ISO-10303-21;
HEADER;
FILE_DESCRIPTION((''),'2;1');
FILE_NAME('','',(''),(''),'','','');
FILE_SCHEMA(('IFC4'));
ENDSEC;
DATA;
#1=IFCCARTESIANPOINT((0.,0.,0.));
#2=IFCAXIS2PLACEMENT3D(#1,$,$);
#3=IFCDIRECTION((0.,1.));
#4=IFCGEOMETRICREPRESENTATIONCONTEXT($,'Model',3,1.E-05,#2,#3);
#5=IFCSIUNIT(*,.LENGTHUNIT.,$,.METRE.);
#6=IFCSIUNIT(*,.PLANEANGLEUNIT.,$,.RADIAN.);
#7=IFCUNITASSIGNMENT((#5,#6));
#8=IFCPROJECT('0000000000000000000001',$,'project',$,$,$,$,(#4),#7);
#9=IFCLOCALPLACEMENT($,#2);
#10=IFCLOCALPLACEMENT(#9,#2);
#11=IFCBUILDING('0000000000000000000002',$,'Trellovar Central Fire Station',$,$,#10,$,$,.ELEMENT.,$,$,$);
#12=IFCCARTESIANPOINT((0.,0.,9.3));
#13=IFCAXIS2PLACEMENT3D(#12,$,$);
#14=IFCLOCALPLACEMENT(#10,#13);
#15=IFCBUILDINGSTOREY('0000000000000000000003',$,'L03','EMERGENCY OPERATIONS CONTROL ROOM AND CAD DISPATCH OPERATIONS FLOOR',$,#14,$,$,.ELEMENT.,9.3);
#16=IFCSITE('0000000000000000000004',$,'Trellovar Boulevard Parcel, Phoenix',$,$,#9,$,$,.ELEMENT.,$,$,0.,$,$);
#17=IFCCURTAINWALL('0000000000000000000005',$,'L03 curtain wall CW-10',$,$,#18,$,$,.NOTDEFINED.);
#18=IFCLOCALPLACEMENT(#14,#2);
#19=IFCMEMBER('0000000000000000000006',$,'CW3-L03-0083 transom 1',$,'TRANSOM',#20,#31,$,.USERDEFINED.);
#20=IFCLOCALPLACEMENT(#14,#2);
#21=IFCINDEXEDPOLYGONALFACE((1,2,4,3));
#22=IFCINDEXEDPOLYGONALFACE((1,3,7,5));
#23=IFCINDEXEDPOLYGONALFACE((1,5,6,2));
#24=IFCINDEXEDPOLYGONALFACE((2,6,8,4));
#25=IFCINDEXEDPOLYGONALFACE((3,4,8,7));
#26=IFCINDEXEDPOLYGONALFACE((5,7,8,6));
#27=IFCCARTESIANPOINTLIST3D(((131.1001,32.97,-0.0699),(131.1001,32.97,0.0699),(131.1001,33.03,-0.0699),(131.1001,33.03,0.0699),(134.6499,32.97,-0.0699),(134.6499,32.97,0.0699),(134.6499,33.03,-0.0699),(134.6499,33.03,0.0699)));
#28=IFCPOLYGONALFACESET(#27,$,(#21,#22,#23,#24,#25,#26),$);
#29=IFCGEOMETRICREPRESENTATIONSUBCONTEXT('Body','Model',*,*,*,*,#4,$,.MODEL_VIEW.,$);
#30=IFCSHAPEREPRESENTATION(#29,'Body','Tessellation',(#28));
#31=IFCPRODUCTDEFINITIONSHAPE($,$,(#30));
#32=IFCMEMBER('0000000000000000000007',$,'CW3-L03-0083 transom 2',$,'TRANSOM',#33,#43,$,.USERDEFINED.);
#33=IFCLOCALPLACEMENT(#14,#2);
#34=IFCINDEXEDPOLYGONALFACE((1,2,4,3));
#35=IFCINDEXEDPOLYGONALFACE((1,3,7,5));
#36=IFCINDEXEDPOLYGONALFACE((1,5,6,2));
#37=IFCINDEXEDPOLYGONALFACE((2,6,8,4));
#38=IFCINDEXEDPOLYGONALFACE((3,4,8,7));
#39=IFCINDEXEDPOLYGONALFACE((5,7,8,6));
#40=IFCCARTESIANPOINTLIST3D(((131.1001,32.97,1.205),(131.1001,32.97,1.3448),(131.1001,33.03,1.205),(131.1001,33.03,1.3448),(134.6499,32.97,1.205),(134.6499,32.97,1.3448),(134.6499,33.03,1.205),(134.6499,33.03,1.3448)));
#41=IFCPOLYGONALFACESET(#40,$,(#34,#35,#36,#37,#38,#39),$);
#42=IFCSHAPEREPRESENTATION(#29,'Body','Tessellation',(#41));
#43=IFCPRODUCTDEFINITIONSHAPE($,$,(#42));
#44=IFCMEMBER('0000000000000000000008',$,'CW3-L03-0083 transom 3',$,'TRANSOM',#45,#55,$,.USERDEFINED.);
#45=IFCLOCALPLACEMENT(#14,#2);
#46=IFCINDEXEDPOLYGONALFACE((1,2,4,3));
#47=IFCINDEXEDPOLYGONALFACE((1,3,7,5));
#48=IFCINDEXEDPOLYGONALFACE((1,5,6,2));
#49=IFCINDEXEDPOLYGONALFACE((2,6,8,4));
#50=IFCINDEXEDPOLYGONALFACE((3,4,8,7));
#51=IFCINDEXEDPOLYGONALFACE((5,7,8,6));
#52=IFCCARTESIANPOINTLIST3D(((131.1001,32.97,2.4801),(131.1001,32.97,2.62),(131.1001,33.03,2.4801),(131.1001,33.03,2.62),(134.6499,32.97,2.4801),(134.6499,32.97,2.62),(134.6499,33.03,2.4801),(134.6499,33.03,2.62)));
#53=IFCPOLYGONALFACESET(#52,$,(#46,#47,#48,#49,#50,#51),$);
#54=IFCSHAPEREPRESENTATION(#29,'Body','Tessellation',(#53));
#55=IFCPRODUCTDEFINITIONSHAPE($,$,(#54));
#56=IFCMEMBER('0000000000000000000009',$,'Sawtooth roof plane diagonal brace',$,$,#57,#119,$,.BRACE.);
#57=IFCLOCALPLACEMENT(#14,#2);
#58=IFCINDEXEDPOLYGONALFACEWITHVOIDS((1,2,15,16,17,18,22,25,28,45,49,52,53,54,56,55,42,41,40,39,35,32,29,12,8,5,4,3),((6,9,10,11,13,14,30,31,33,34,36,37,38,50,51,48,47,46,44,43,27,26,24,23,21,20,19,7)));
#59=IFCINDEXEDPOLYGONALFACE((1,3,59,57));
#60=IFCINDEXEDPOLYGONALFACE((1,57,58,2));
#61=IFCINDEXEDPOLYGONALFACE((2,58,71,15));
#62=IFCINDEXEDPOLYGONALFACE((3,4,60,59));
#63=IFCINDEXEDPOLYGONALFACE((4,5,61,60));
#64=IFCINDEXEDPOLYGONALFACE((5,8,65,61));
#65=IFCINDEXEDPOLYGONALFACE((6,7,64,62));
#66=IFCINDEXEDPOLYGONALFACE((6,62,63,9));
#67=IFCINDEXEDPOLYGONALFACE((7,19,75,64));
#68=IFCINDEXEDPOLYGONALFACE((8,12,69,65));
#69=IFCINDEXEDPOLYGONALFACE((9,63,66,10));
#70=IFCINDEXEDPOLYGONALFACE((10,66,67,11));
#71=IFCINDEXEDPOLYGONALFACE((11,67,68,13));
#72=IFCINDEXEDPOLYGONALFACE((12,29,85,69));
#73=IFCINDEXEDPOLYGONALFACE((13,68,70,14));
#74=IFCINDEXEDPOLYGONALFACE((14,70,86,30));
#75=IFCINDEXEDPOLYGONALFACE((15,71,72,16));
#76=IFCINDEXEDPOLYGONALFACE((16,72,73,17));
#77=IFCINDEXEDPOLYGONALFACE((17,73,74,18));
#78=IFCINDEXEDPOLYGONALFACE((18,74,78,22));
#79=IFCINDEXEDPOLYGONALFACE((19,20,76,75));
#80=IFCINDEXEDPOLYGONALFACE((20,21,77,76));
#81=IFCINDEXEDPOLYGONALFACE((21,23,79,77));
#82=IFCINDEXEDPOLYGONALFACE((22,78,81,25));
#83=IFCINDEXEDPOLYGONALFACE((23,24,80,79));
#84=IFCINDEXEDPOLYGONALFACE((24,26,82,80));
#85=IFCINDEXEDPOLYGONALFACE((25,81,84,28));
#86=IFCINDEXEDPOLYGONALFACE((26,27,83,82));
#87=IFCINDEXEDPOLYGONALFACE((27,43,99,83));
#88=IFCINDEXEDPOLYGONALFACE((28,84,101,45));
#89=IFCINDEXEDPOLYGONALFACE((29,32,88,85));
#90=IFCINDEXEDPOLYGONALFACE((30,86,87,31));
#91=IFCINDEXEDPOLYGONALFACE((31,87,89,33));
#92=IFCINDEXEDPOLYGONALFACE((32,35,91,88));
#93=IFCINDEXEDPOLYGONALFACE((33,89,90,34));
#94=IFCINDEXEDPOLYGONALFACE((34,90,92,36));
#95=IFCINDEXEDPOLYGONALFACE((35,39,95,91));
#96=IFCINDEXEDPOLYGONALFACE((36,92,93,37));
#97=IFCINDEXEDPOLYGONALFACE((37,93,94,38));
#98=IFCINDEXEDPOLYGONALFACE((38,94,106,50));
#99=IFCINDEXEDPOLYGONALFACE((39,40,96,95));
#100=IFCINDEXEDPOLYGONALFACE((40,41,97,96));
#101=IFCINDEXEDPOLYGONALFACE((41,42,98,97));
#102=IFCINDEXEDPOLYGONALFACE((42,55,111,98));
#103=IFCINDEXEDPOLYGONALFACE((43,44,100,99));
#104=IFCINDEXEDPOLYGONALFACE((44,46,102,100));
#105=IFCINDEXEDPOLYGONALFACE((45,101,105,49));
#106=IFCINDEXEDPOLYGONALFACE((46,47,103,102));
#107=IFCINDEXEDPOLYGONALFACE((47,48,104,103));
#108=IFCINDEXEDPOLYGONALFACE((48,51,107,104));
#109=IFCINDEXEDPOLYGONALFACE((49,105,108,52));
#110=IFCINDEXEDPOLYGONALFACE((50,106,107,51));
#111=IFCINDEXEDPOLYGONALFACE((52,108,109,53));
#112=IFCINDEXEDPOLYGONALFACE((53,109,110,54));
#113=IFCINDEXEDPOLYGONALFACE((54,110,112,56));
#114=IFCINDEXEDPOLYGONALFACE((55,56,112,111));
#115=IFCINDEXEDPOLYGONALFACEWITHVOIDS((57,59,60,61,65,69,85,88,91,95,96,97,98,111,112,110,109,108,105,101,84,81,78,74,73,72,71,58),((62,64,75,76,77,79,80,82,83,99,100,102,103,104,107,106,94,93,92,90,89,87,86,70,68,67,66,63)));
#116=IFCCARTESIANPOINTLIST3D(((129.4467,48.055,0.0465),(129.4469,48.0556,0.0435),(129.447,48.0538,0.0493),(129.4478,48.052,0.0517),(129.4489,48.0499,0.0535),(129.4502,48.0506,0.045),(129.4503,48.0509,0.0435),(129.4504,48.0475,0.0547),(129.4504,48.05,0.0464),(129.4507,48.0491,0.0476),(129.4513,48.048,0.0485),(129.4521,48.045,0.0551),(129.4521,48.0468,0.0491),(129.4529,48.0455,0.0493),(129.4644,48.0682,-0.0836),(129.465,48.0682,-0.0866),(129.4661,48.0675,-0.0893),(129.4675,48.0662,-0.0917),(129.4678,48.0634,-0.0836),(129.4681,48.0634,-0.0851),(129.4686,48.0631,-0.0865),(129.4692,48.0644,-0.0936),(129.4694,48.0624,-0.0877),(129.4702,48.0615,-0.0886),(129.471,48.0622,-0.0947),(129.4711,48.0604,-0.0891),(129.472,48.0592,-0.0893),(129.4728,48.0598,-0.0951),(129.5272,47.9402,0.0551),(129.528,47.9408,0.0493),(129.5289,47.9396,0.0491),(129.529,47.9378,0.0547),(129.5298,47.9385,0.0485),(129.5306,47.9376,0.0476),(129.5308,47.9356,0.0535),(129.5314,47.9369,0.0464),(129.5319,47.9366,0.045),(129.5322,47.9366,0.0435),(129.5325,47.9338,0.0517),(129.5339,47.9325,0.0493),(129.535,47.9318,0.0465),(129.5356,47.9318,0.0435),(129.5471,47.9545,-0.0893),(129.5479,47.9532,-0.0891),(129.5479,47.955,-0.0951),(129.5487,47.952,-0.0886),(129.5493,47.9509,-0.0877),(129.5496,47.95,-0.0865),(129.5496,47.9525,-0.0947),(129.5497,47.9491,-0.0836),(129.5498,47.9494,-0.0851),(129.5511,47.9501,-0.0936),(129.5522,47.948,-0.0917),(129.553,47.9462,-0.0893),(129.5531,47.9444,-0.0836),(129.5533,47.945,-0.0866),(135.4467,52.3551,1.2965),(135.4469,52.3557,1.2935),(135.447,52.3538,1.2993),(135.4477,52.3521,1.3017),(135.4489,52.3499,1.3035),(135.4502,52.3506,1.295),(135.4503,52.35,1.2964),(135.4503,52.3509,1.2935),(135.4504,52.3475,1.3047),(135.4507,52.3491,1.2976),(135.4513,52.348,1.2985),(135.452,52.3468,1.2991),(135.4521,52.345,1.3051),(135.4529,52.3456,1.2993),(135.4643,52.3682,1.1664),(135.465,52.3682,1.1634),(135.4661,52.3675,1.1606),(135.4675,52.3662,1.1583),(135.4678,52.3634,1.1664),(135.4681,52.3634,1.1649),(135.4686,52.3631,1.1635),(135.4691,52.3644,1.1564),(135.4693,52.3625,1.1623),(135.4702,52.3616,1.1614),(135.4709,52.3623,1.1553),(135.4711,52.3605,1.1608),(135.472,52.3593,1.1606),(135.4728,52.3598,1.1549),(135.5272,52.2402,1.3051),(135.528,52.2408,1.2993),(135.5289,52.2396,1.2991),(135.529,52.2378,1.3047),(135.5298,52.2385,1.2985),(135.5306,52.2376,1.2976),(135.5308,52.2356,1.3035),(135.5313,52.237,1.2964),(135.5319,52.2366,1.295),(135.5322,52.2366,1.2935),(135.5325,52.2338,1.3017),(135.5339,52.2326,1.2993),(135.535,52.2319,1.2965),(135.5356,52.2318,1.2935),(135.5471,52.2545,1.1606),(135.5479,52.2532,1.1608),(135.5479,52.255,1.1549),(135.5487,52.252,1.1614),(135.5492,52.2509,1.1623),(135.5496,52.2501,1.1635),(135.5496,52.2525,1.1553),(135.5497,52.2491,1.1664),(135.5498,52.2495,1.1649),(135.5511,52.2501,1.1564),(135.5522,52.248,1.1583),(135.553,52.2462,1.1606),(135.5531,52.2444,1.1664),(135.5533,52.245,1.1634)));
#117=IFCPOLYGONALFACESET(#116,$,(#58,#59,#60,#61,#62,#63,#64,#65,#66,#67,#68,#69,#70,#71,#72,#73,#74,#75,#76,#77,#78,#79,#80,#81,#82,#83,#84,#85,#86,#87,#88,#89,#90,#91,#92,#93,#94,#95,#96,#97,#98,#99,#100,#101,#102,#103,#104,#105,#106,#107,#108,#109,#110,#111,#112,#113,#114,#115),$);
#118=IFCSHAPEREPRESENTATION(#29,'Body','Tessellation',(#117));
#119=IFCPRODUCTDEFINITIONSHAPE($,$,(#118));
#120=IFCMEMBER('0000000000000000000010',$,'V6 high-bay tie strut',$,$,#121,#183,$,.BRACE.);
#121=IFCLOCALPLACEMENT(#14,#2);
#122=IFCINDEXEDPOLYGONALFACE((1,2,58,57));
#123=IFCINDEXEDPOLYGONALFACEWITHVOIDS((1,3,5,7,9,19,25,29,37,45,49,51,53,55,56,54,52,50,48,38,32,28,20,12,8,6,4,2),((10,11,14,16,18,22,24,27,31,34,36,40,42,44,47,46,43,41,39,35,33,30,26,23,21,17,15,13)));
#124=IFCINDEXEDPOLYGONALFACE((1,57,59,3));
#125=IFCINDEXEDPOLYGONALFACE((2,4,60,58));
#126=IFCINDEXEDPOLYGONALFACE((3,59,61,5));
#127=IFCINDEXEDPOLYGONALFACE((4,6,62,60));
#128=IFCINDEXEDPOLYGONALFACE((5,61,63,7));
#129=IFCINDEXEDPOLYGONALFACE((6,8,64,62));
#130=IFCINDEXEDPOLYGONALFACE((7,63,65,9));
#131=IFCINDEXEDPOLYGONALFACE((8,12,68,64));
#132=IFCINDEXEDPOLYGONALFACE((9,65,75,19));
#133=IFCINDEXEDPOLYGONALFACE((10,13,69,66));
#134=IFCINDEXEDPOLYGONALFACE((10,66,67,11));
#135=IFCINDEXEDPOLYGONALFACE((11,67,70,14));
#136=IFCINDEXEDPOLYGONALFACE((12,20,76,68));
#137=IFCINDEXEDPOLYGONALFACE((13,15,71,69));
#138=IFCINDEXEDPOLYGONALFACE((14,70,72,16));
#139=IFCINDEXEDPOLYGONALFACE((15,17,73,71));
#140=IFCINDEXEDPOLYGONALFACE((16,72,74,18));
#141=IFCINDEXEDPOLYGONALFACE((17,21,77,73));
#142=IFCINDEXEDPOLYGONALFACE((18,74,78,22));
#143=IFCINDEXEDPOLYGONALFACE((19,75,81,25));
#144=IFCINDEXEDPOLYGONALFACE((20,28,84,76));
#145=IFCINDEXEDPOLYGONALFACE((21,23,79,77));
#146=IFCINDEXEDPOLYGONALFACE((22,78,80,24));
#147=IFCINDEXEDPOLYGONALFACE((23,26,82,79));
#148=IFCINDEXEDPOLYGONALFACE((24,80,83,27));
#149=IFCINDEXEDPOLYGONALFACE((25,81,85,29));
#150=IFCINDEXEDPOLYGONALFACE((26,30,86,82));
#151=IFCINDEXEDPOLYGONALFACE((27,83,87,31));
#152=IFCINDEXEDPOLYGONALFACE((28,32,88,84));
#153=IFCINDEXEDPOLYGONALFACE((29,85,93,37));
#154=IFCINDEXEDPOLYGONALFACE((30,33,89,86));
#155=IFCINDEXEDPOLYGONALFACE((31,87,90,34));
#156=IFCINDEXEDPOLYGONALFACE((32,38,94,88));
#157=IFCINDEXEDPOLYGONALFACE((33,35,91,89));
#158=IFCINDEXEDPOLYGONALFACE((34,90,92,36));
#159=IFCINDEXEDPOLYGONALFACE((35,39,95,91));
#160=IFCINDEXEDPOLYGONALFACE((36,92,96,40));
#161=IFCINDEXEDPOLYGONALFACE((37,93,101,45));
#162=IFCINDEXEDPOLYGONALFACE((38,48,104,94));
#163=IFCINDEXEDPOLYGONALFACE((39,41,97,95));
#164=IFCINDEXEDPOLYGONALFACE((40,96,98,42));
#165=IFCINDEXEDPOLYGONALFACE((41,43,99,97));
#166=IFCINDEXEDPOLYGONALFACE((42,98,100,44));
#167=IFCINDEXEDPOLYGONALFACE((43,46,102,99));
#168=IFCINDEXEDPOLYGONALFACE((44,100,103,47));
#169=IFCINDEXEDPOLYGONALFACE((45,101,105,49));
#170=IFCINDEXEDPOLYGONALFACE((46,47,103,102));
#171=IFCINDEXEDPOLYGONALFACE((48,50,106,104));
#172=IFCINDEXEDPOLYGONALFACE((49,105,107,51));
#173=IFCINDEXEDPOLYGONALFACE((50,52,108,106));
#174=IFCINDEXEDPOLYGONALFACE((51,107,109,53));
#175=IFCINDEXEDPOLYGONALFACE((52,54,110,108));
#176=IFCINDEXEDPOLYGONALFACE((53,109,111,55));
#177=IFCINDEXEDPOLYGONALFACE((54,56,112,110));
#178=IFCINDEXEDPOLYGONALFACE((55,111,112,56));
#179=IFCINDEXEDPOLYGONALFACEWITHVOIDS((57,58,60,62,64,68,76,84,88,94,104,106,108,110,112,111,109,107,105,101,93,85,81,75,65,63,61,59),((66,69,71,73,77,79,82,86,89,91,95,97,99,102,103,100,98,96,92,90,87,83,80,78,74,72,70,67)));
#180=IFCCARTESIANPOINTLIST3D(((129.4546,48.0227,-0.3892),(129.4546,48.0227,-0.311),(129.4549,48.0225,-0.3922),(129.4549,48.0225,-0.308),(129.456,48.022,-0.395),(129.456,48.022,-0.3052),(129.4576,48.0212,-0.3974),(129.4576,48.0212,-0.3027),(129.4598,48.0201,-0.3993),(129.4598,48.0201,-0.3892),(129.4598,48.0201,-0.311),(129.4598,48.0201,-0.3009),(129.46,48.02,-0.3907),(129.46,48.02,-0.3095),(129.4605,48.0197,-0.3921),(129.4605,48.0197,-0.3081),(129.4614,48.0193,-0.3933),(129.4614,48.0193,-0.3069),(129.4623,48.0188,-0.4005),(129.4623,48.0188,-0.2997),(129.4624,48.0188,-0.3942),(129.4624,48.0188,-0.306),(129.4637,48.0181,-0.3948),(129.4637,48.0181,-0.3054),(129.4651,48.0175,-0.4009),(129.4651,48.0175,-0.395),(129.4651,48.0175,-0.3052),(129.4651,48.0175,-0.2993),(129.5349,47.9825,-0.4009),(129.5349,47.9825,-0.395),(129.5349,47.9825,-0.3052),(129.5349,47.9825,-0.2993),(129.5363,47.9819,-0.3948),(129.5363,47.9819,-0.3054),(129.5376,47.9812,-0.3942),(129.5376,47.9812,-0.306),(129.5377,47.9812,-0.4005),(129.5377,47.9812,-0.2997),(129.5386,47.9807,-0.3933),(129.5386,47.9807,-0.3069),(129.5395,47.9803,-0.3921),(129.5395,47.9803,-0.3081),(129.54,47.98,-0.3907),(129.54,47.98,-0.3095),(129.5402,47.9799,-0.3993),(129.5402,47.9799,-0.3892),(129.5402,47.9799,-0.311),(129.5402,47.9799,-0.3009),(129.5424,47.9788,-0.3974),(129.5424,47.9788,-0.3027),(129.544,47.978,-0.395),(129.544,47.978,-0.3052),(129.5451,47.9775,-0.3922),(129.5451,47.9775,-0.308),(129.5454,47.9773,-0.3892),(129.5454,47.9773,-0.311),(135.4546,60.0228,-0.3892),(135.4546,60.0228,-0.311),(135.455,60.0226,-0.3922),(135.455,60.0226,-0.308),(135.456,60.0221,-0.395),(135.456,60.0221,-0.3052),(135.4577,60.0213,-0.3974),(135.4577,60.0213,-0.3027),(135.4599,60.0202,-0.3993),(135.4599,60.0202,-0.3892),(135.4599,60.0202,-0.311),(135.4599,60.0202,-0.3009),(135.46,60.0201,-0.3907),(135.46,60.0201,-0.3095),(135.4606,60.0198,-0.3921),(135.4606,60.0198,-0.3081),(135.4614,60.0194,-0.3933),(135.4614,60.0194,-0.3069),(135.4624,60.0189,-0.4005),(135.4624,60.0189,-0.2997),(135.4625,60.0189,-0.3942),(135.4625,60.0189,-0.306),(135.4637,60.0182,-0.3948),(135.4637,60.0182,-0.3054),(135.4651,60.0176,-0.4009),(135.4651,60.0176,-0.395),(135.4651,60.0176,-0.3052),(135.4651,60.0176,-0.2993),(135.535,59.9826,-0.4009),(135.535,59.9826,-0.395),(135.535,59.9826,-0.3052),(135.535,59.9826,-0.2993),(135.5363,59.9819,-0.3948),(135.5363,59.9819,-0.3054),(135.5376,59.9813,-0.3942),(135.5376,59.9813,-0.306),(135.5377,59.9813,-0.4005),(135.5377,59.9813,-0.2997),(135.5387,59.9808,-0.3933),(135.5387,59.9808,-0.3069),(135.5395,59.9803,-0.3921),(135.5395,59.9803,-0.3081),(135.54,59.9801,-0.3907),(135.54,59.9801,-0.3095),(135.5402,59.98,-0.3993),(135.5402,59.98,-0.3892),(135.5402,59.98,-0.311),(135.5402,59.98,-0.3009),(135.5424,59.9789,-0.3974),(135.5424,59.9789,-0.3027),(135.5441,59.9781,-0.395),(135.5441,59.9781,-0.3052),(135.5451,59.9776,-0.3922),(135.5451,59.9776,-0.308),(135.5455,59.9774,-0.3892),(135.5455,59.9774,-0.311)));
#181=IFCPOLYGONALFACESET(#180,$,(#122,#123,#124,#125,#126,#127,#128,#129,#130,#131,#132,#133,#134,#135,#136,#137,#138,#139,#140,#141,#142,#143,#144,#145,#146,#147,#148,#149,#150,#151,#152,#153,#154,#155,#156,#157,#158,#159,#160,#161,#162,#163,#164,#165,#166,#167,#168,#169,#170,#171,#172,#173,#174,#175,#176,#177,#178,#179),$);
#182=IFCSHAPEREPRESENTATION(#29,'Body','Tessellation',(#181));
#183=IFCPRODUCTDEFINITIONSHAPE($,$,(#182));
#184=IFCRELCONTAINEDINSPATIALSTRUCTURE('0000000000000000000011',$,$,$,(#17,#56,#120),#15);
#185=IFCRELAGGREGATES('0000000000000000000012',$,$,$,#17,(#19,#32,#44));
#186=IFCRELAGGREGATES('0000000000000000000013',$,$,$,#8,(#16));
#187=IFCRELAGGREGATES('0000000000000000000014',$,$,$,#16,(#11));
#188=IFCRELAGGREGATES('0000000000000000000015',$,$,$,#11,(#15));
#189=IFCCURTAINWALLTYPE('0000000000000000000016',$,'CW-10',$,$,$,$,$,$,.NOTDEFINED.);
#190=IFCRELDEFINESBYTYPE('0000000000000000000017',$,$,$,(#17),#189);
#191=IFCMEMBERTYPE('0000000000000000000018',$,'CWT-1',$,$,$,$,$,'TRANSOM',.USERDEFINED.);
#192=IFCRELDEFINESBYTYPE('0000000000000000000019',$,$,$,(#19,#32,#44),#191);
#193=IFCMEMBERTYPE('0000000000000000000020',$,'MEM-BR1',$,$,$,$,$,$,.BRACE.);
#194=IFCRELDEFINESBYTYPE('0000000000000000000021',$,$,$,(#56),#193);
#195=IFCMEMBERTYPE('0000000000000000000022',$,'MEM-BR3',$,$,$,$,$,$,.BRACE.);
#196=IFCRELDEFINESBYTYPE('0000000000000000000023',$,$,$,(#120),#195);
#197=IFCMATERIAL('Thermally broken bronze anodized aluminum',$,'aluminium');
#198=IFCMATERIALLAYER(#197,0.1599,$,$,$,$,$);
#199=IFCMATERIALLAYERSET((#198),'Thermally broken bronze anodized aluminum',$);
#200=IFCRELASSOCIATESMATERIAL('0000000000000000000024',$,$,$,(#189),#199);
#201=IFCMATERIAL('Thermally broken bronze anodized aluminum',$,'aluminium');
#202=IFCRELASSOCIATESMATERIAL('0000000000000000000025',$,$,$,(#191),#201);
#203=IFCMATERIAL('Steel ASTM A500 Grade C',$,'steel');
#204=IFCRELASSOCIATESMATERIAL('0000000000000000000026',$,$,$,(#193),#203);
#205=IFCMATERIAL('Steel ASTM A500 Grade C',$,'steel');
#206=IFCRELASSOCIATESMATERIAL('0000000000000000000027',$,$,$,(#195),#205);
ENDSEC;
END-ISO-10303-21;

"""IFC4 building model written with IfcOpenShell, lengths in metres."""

from ifc_helpers import new_model, si_unit, direction, frame, origin, origin_2d, place, context, subcontext, project, spatial, rectangle, hollow_rectangle, extrude, material, layer, layer_set, material_profile, profile_set, type_object, element, aggregate, save


model = new_model("IFC4")

# Units and contexts
model_context = context("Model", 3, precision=1e-05, world=origin(), true_north=direction((0.0, 1.0)))
body_context = subcontext(model_context, "Body", "Model", "MODEL_VIEW")
ifc_project = project(units=[si_unit("LENGTHUNIT", "METRE"), si_unit("PLANEANGLEUNIT", "RADIAN")], contexts=[model_context])

# Site, building, storey
site_placement = place(None, origin())
site = spatial("IfcSite", under=ifc_project, at=site_placement, Name="Trellovar Boulevard Parcel, Phoenix", CompositionType="ELEMENT", RefElevation=0.0)
building_placement = place(site_placement, origin())
building = spatial("IfcBuilding", under=site, at=building_placement, Name="Trellovar Central Fire Station", CompositionType="ELEMENT")
storey_placement = place(building_placement, frame((0.0, 0.0, 9.3)))
storey = spatial("IfcBuildingStorey", under=building, at=storey_placement, Name="L03", Description="EMERGENCY OPERATIONS CONTROL ROOM AND CAD DISPATCH OPERATIONS FLOOR", CompositionType="ELEMENT", Elevation=9.3)

# Curtain wall, members
ifc_material_1 = material(Name="Thermally broken bronze anodized aluminum", Category="aluminium")
ifc_layer_1 = layer(ifc_material_1, 0.1599)
ifc_layer_set_1 = layer_set([ifc_layer_1], Name="Thermally broken bronze anodized aluminum")
curtain_wall_type_1 = type_object("IfcCurtainWallType", Name="CW-10", PredefinedType="NOTDEFINED", material=ifc_layer_set_1)
curtain_wall_1_placement = place(storey_placement, origin())
curtain_wall_1 = element("IfcCurtainWall", 1, at=curtain_wall_1_placement, inside=storey, type_object=curtain_wall_type_1, Name="L03 curtain wall CW-10", PredefinedType="NOTDEFINED")
ifc_material_2 = material(Name="Thermally broken bronze anodized aluminum", Category="aluminium")
ifc_material_profile_1 = material_profile(ifc_material_2, rectangle(XDim=0.0601, YDim=0.1399, at=origin_2d()), Name="ALU60X140")
ifc_profile_set_1 = profile_set([ifc_material_profile_1], Name="Thermally broken bronze anodized aluminum")
member_type_1 = type_object("IfcMemberType", Name="CWT-1", ElementType="TRANSOM", PredefinedType="USERDEFINED", material=ifc_profile_set_1)
member_1_placement = place(storey_placement, frame((134.6499, 33.0, 0.0), z_axis=(-1.0, 0.0, 0.0), x_axis=(0.0, -1.0, 0.0)))
member_1 = element("IfcMember", 2, at=member_1_placement, type_object=member_type_1, Name="CW3-L03-0083 transom 1", ObjectType="TRANSOM", PredefinedType="USERDEFINED", context=body_context, shape_type="SweptSolid", body=[
    extrude(rectangle(XDim=0.0601, YDim=0.1399, at=origin_2d()), origin(), (0.0, 0.0, 1.0), 3.5498),
])
member_2_placement = place(storey_placement, frame((134.6499, 33.0, 1.2749), z_axis=(-1.0, 0.0, 0.0), x_axis=(0.0, -1.0, 0.0)))
member_2 = element("IfcMember", 3, at=member_2_placement, type_object=member_type_1, Name="CW3-L03-0083 transom 2", ObjectType="TRANSOM", PredefinedType="USERDEFINED", context=body_context, shape_type="SweptSolid", body=[
    extrude(rectangle(XDim=0.0601, YDim=0.1399, at=origin_2d()), origin(), (0.0, 0.0, 1.0), 3.5498),
])
member_3_placement = place(storey_placement, frame((134.6499, 33.0, 2.55), z_axis=(-1.0, 0.0, 0.0), x_axis=(0.0, -1.0, 0.0)))
member_3 = element("IfcMember", 4, at=member_3_placement, type_object=member_type_1, Name="CW3-L03-0083 transom 3", ObjectType="TRANSOM", PredefinedType="USERDEFINED", context=body_context, shape_type="SweptSolid", body=[
    extrude(rectangle(XDim=0.0601, YDim=0.1399, at=origin_2d()), origin(), (0.0, 0.0, 1.0), 3.5498),
])

# Members
ifc_material_3 = material(Name="Steel ASTM A500 Grade C", Category="steel")
ifc_material_profile_2 = material_profile(ifc_material_3, hollow_rectangle(XDim=0.1523, YDim=0.1523, WallThickness=0.0059, InnerFilletRadius=0.0059, OuterFilletRadius=0.0117, at=origin_2d()), Name="HSS6X6X1/4")
ifc_profile_set_2 = profile_set([ifc_material_profile_2], Name="Steel ASTM A500 Grade C")
member_type_2 = type_object("IfcMemberType", Name="MEM-BR1", PredefinedType="BRACE", material=ifc_profile_set_2)
member_4_placement = place(storey_placement, frame((129.5, 48.0, -0.02), z_axis=(0.801405, 0.574347, 0.166959), x_axis=(-0.582523, 0.812814, 0.0)))
element("IfcMember", 5, at=member_4_placement, inside=storey, type_object=member_type_2, Name="Sawtooth roof plane diagonal brace", PredefinedType="BRACE", context=body_context, shape_type="SweptSolid", body=[
    extrude(hollow_rectangle(XDim=0.1523, YDim=0.1523, WallThickness=0.0059, InnerFilletRadius=0.0059, OuterFilletRadius=0.0117, at=origin_2d()), origin(), (0.0, 0.0, 1.0), 7.4868),
])
ifc_material_4 = material(Name="Steel ASTM A500 Grade C", Category="steel")
ifc_material_profile_3 = material_profile(ifc_material_4, hollow_rectangle(XDim=0.1016, YDim=0.1016, WallThickness=0.0059, InnerFilletRadius=0.0059, OuterFilletRadius=0.0117, at=origin_2d()), Name="HSS4X4X1/4")
ifc_profile_set_3 = profile_set([ifc_material_profile_3], Name="Steel ASTM A500 Grade C")
member_type_3 = type_object("IfcMemberType", Name="MEM-BR3", PredefinedType="BRACE", material=ifc_profile_set_3)
member_5_placement = place(storey_placement, frame((129.5, 48.0, -0.3501), z_axis=(0.447214, 0.894427, 0.0), x_axis=(-0.894427, 0.447214, 0.0)))
element("IfcMember", 6, at=member_5_placement, inside=storey, type_object=member_type_3, Name="V6 high-bay tie strut", PredefinedType="BRACE", context=body_context, shape_type="SweptSolid", body=[
    extrude(hollow_rectangle(XDim=0.1016, YDim=0.1016, WallThickness=0.0059, InnerFilletRadius=0.0059, OuterFilletRadius=0.0117, at=origin_2d()), origin(), (0.0, 0.0, 1.0), 13.4165),
])

aggregate(curtain_wall_1, [member_1, member_2, member_3])

save(model, "model.ifc")
